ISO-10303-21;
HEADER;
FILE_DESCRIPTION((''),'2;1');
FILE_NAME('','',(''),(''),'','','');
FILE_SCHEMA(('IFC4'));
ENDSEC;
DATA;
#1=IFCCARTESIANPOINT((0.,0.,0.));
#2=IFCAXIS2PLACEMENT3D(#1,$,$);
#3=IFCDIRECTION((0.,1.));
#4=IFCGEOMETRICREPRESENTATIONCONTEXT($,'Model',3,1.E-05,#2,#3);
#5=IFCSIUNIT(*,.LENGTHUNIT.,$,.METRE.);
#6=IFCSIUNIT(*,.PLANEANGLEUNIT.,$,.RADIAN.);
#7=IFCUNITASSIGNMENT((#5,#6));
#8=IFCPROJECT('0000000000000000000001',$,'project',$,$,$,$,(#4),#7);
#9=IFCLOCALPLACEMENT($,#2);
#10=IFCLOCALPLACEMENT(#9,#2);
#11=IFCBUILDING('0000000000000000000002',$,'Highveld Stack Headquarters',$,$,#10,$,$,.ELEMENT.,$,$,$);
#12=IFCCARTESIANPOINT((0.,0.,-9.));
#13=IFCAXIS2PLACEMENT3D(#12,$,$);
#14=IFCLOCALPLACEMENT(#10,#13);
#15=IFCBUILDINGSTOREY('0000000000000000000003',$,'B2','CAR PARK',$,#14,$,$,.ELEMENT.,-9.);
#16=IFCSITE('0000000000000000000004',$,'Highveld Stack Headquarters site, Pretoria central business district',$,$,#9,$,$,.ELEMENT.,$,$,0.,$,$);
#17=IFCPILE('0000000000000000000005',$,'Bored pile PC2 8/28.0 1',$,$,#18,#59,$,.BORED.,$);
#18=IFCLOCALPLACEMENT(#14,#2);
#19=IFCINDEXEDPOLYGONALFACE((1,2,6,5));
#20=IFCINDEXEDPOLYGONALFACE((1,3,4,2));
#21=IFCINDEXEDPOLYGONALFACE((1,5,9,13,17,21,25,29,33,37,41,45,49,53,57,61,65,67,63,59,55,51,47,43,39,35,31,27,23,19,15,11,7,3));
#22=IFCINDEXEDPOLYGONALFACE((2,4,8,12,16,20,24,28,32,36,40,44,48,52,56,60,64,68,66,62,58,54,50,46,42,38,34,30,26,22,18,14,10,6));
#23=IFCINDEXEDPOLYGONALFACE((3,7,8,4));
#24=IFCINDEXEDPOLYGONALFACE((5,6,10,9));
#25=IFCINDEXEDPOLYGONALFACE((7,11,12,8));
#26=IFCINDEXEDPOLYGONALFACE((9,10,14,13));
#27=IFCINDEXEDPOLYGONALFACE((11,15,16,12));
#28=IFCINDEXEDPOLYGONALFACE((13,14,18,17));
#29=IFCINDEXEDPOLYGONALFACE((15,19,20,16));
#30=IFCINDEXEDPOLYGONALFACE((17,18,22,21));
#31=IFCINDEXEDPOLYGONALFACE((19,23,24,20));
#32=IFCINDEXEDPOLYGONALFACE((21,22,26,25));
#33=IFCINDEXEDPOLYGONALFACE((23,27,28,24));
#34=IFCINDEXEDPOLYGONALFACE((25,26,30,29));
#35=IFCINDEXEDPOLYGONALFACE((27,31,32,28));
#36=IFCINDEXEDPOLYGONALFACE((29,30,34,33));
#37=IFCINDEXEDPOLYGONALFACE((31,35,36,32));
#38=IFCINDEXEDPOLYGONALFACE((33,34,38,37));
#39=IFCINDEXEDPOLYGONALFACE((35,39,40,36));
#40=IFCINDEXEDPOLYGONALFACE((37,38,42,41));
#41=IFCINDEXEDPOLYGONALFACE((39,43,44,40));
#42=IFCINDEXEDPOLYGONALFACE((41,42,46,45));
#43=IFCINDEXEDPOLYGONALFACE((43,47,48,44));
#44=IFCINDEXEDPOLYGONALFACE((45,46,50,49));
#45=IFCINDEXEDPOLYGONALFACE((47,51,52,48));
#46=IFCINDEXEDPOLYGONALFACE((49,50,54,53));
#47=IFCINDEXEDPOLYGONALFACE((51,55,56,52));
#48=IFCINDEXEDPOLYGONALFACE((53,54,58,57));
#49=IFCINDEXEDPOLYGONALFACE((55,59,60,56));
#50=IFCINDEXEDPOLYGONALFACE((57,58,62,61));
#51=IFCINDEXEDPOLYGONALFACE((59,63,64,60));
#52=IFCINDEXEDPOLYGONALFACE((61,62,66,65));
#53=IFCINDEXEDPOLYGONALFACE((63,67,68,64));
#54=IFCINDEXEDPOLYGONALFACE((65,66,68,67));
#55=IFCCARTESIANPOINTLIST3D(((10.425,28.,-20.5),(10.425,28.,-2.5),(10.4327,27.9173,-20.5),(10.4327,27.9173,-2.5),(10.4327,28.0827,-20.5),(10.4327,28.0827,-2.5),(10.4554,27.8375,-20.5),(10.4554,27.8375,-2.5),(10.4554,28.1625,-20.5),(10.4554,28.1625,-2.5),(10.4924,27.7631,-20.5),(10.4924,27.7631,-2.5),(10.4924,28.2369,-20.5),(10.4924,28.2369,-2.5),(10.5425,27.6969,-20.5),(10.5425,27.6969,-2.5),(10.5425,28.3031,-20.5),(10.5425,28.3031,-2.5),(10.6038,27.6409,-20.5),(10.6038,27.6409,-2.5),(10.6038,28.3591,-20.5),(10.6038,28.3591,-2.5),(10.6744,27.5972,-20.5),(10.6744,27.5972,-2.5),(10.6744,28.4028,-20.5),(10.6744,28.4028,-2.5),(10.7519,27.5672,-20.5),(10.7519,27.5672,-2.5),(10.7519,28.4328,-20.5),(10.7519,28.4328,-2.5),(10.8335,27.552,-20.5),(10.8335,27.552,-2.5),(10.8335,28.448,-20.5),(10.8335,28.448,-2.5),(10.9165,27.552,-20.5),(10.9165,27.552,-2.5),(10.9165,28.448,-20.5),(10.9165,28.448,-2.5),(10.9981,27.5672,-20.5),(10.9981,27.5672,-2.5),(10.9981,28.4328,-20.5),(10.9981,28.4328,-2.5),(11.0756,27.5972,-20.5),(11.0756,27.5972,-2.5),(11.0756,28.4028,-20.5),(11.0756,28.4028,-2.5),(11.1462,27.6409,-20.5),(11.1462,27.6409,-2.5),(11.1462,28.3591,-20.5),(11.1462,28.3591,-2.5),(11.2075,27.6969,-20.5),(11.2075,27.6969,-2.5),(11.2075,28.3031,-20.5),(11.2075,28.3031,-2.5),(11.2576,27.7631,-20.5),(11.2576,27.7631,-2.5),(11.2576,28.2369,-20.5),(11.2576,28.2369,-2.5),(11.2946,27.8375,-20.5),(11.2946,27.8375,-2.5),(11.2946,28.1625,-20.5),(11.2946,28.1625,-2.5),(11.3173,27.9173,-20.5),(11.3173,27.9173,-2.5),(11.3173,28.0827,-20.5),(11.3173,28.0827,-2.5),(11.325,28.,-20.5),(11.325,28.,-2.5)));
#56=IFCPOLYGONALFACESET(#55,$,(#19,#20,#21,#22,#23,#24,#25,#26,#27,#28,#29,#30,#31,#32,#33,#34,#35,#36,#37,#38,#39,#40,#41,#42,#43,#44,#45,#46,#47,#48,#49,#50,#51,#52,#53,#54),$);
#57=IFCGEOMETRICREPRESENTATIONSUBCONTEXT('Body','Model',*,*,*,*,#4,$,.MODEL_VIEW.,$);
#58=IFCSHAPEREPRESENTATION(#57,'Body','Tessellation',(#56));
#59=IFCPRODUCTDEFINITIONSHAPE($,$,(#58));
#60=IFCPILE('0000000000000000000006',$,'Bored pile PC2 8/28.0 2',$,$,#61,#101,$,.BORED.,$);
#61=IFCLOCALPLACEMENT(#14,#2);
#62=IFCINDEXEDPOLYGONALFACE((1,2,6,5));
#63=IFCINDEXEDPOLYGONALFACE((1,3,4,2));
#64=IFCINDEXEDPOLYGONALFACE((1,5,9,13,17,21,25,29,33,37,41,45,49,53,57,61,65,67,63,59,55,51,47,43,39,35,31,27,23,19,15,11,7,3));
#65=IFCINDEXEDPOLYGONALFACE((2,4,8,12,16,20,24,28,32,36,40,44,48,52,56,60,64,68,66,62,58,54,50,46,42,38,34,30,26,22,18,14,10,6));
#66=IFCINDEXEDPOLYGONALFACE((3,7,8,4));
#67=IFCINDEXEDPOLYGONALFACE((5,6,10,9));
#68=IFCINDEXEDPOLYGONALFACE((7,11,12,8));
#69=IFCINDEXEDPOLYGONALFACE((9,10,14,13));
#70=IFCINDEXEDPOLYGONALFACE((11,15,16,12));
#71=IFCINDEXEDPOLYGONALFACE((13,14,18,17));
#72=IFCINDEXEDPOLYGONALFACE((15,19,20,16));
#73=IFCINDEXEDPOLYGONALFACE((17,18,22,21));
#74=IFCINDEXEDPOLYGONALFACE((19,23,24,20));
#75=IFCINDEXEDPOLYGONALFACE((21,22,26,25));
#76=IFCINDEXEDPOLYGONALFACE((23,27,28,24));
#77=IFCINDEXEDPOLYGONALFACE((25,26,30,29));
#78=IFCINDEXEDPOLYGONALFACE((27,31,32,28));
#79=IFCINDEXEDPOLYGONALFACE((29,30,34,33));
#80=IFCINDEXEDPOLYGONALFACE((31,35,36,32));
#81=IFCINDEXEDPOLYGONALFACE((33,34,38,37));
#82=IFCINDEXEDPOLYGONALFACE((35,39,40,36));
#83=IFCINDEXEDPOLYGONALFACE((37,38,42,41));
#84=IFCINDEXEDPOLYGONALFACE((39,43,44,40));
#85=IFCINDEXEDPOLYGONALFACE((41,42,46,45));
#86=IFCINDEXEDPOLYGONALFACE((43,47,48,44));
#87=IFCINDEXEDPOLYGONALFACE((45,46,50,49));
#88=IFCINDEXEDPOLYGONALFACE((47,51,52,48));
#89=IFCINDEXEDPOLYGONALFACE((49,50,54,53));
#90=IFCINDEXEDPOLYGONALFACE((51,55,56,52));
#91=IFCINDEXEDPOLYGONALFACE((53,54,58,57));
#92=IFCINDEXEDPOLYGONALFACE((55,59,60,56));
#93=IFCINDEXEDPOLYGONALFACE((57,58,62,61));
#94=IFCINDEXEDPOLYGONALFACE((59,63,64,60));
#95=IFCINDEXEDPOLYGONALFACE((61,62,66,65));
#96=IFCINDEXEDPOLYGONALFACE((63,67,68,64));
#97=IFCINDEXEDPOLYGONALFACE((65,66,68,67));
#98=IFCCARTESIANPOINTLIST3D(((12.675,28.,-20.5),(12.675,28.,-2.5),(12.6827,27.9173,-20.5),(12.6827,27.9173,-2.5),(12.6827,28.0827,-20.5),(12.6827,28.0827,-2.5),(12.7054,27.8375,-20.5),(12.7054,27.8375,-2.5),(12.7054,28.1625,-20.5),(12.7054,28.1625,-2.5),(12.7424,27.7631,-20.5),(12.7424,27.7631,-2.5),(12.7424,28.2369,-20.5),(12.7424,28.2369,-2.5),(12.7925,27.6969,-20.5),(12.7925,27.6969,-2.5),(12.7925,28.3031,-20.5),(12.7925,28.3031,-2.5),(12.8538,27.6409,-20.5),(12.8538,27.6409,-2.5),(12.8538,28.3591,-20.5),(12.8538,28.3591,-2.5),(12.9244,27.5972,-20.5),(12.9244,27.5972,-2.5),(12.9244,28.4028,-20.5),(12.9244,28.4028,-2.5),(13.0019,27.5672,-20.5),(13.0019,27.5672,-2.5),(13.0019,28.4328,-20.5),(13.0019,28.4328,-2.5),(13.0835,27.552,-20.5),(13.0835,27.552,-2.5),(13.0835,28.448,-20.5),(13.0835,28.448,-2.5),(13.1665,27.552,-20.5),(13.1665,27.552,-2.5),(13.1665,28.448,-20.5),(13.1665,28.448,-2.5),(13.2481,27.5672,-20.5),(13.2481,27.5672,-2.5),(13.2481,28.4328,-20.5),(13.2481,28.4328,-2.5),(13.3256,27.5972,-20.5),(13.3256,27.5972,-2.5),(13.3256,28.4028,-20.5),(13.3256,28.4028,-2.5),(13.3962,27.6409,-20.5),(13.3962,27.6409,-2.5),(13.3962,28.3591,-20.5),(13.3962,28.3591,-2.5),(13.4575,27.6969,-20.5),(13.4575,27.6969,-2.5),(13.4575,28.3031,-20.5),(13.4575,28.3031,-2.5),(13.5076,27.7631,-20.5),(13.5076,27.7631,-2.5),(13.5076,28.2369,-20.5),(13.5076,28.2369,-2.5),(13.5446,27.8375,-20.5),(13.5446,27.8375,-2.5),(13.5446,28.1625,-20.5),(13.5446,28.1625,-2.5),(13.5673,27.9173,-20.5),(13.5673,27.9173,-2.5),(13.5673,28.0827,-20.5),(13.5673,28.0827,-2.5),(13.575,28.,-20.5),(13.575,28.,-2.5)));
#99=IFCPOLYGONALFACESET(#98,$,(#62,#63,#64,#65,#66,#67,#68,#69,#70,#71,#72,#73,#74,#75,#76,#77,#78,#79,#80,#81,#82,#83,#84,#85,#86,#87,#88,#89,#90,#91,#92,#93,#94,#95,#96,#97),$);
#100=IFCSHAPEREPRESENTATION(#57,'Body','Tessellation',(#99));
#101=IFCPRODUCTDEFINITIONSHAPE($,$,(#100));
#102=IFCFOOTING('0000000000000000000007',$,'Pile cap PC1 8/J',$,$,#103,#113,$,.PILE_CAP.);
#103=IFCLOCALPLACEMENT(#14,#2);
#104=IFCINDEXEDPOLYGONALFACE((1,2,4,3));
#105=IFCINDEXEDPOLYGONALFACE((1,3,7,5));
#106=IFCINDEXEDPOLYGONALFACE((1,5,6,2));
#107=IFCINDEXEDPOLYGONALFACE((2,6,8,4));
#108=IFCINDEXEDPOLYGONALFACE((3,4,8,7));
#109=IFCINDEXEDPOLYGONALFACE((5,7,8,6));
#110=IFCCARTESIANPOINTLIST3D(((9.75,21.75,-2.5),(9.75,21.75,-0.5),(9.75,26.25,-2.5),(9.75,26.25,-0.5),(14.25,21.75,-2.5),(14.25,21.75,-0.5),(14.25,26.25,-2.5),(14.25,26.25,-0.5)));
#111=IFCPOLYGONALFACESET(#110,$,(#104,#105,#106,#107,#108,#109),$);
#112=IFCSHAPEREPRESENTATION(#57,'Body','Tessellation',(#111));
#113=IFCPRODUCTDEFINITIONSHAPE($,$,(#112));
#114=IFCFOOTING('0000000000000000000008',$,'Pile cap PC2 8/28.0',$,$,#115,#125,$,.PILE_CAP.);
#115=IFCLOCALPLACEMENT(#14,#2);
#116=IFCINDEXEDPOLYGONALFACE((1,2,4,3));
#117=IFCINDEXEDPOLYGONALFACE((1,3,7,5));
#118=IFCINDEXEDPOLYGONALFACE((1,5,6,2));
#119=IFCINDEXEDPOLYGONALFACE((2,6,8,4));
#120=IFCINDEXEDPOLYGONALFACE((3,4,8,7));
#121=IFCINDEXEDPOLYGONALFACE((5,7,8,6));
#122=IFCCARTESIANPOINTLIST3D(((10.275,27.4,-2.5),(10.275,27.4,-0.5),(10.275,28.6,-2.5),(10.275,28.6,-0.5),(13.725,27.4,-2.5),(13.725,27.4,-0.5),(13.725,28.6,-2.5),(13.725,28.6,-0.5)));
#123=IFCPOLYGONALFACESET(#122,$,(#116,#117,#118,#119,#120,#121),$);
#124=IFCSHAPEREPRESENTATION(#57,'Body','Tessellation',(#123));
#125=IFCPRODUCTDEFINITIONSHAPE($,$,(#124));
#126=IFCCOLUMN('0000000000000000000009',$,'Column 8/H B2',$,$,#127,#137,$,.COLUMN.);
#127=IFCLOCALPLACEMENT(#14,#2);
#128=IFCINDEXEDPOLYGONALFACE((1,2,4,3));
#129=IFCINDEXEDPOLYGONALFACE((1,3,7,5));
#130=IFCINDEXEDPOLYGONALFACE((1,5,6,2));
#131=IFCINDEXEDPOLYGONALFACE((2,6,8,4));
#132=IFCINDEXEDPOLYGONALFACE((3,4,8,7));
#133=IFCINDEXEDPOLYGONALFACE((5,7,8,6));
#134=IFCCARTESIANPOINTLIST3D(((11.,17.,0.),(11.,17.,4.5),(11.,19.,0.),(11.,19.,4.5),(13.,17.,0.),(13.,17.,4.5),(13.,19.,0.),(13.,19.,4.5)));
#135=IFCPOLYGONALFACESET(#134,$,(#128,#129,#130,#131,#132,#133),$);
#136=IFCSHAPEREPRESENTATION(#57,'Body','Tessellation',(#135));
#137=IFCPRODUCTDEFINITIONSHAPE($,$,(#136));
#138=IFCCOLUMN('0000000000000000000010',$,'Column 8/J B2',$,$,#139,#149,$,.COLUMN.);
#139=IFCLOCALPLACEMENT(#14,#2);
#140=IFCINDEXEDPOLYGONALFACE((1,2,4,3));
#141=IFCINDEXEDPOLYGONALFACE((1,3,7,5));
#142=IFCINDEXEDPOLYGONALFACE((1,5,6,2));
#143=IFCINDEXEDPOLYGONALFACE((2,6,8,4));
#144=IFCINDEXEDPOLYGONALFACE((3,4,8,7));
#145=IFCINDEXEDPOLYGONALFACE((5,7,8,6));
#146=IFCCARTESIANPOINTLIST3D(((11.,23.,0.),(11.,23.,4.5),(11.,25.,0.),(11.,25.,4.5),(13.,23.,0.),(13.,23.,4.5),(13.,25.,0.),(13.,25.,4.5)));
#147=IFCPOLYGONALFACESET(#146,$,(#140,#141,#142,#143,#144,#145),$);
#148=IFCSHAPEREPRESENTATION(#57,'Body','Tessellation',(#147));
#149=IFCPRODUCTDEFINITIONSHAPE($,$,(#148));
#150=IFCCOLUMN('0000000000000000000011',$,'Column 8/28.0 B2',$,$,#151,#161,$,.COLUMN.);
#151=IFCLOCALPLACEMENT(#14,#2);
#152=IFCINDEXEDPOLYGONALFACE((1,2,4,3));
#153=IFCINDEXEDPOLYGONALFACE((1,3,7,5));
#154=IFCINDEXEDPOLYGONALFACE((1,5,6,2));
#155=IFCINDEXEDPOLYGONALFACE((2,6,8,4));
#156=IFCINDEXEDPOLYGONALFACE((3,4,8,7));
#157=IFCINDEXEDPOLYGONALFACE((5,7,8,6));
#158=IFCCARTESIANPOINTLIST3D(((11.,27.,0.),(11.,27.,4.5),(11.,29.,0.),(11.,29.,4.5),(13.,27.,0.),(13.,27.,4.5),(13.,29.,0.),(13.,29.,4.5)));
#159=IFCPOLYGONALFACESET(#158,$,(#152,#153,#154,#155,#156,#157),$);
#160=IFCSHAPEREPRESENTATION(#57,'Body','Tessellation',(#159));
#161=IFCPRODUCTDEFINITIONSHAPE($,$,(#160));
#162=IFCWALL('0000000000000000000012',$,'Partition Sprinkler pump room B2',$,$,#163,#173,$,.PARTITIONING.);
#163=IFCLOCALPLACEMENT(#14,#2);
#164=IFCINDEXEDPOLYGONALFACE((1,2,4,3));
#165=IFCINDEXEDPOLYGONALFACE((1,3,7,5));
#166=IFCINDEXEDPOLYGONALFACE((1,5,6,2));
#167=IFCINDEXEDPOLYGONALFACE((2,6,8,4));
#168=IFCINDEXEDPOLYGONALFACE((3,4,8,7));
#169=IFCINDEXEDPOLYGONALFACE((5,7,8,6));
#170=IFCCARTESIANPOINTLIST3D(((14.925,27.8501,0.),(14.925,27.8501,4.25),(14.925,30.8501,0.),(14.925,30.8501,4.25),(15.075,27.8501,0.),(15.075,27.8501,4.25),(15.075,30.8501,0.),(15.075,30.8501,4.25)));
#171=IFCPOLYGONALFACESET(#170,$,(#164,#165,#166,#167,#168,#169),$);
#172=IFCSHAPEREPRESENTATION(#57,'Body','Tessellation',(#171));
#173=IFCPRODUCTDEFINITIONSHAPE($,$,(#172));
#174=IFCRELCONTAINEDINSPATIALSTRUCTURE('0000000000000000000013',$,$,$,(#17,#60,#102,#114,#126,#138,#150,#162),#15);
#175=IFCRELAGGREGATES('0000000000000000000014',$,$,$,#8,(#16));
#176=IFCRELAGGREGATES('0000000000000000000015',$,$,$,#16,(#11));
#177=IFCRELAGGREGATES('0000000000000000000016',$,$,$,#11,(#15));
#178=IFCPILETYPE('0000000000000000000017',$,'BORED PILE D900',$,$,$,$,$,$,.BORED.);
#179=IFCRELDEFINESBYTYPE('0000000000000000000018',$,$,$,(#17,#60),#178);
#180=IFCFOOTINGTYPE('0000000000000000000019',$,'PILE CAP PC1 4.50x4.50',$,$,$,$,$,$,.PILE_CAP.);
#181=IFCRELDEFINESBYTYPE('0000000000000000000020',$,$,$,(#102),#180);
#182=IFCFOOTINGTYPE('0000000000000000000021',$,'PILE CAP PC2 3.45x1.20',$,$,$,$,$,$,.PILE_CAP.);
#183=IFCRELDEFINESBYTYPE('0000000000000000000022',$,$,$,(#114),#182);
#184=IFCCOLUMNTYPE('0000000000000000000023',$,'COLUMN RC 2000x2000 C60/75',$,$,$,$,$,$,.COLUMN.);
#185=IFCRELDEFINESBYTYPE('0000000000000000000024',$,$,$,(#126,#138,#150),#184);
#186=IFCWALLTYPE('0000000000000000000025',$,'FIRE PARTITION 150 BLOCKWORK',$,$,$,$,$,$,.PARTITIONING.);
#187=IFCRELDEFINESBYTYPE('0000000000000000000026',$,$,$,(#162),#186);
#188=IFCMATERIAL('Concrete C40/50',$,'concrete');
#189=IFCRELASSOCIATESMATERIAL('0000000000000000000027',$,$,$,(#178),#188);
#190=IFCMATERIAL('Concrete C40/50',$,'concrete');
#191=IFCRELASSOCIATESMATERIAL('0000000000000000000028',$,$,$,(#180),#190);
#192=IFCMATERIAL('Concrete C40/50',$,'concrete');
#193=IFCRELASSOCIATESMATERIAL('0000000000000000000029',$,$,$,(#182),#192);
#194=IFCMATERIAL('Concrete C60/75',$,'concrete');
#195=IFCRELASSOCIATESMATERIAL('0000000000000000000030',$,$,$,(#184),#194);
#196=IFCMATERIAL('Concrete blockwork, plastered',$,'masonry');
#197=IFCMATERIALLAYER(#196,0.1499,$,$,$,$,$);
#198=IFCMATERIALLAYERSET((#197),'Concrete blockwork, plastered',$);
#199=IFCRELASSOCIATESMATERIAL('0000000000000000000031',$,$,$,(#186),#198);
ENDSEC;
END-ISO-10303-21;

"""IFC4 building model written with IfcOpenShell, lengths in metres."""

from ifc_helpers import new_model, si_unit, direction, frame, frame_2d, origin, origin_2d, place, context, subcontext, project, spatial, rectangle, circle, extrude, material, layer, layer_set, material_profile, profile_set, type_object, element, save


model = new_model("IFC4")

# Units and contexts
model_context = context("Model", 3, precision=1e-05, world=origin(), true_north=direction((0.0, 1.0)))
body_context = subcontext(model_context, "Body", "Model", "MODEL_VIEW")
ifc_project = project(units=[si_unit("LENGTHUNIT", "METRE"), si_unit("PLANEANGLEUNIT", "RADIAN")], contexts=[model_context])

# Site, building, storey
site_placement = place(None, origin())
site = spatial("IfcSite", under=ifc_project, at=site_placement, Name="Highveld Stack Headquarters site, Pretoria central business district", CompositionType="ELEMENT", RefElevation=0.0)
building_placement = place(site_placement, origin())
building = spatial("IfcBuilding", under=site, at=building_placement, Name="Highveld Stack Headquarters", CompositionType="ELEMENT")
storey_placement = place(building_placement, frame((0.0, 0.0, -9.0)))
storey = spatial("IfcBuildingStorey", under=building, at=storey_placement, Name="B2", Description="CAR PARK", CompositionType="ELEMENT", Elevation=-9.0)

# Piles
ifc_material_1 = material(Name="Concrete C40/50", Category="concrete")
pile_type_1 = type_object("IfcPileType", Name="BORED PILE D900", PredefinedType="BORED", material=ifc_material_1)
for number, where, z_axis, x_axis, name in (
    (1, (10.875, 28.0, -2.5), (0.0, 0.0, -1.0), (1.0, 0.0, 0.0), "Bored pile PC2 8/28.0 1"),
    (2, (13.125, 28.0, -2.5), (0.0, 0.0, -1.0), (1.0, 0.0, 0.0), "Bored pile PC2 8/28.0 2"),
):
    element("IfcPile", number, at=place(storey_placement, frame(where, z_axis=z_axis, x_axis=x_axis)), inside=storey, type_object=pile_type_1, Name=name, PredefinedType="BORED", context=body_context, shape_type="SweptSolid", body=[
        extrude(circle(Radius=0.45, at=origin_2d()), origin(), (0.0, 0.0, 1.0), 18.0),
    ])

# Footings
ifc_material_2 = material(Name="Concrete C40/50", Category="concrete")
footing_type_1 = type_object("IfcFootingType", Name="PILE CAP PC1 4.50x4.50", PredefinedType="PILE_CAP", material=ifc_material_2)
footing_1_placement = place(storey_placement, frame((12.0, 24.0, -2.5), z_axis=(0.0, 0.0, 1.0), x_axis=(1.0, 0.0, 0.0)))
element("IfcFooting", 3, at=footing_1_placement, inside=storey, type_object=footing_type_1, Name="Pile cap PC1 8/J", PredefinedType="PILE_CAP", context=body_context, shape_type="SweptSolid", body=[
    extrude(rectangle(XDim=4.5, YDim=4.5, at=origin_2d()), origin(), (0.0, 0.0, 1.0), 2.0),
])
ifc_material_3 = material(Name="Concrete C40/50", Category="concrete")
footing_type_2 = type_object("IfcFootingType", Name="PILE CAP PC2 3.45x1.20", PredefinedType="PILE_CAP", material=ifc_material_3)
footing_2_placement = place(storey_placement, frame((12.0, 28.0, -2.5), z_axis=(0.0, 0.0, 1.0), x_axis=(1.0, 0.0, 0.0)))
element("IfcFooting", 4, at=footing_2_placement, inside=storey, type_object=footing_type_2, Name="Pile cap PC2 8/28.0", PredefinedType="PILE_CAP", context=body_context, shape_type="SweptSolid", body=[
    extrude(rectangle(XDim=3.45, YDim=1.2, at=origin_2d()), origin(), (0.0, 0.0, 1.0), 2.0),
])

# Columns
ifc_material_4 = material(Name="Concrete C60/75", Category="concrete")
ifc_material_profile = material_profile(ifc_material_4, rectangle(XDim=2.0, YDim=2.0, at=origin_2d()), Name="RC 2000x2000")
ifc_profile_set = profile_set([ifc_material_profile], Name="Concrete C60/75")
column_type = type_object("IfcColumnType", Name="COLUMN RC 2000x2000 C60/75", PredefinedType="COLUMN", material=ifc_profile_set)
for number, where, z_axis, x_axis, name in (
    (5, (12.0, 18.0, 0.0), (0.0, 0.0, 1.0), (1.0, 0.0, 0.0), "Column 8/H B2"),
    (6, (12.0, 24.0, 0.0), (0.0, 0.0, 1.0), (1.0, 0.0, 0.0), "Column 8/J B2"),
    (7, (12.0, 28.0, 0.0), (0.0, 0.0, 1.0), (1.0, 0.0, 0.0), "Column 8/28.0 B2"),
):
    element("IfcColumn", number, at=place(storey_placement, frame(where, z_axis=z_axis, x_axis=x_axis)), inside=storey, type_object=column_type, Name=name, PredefinedType="COLUMN", context=body_context, shape_type="SweptSolid", body=[
        extrude(rectangle(XDim=2.0, YDim=2.0, at=origin_2d()), origin(), (0.0, 0.0, 1.0), 4.5),
    ])

# Wall
ifc_material_5 = material(Name="Concrete blockwork, plastered", Category="masonry")
ifc_layer_1 = layer(ifc_material_5, 0.1499)
ifc_layer_set_1 = layer_set([ifc_layer_1], Name="Concrete blockwork, plastered")
wall_type_1 = type_object("IfcWallType", Name="FIRE PARTITION 150 BLOCKWORK", PredefinedType="PARTITIONING", material=ifc_layer_set_1)
wall_1_placement = place(storey_placement, frame((15.0, 27.8501, 0.0), z_axis=(0.0, 0.0, 1.0), x_axis=(0.0, 1.0, 0.0)))
element("IfcWall", 8, at=wall_1_placement, inside=storey, type_object=wall_type_1, Name="Partition Sprinkler pump room B2", PredefinedType="PARTITIONING", context=body_context, shape_type="SweptSolid", body=[
    extrude(rectangle(XDim=3.0, YDim=0.1499, at=frame_2d((1.5, 0.0))), origin(), (0.0, 0.0, 1.0), 4.25),
])

save(model, "model.ifc")
